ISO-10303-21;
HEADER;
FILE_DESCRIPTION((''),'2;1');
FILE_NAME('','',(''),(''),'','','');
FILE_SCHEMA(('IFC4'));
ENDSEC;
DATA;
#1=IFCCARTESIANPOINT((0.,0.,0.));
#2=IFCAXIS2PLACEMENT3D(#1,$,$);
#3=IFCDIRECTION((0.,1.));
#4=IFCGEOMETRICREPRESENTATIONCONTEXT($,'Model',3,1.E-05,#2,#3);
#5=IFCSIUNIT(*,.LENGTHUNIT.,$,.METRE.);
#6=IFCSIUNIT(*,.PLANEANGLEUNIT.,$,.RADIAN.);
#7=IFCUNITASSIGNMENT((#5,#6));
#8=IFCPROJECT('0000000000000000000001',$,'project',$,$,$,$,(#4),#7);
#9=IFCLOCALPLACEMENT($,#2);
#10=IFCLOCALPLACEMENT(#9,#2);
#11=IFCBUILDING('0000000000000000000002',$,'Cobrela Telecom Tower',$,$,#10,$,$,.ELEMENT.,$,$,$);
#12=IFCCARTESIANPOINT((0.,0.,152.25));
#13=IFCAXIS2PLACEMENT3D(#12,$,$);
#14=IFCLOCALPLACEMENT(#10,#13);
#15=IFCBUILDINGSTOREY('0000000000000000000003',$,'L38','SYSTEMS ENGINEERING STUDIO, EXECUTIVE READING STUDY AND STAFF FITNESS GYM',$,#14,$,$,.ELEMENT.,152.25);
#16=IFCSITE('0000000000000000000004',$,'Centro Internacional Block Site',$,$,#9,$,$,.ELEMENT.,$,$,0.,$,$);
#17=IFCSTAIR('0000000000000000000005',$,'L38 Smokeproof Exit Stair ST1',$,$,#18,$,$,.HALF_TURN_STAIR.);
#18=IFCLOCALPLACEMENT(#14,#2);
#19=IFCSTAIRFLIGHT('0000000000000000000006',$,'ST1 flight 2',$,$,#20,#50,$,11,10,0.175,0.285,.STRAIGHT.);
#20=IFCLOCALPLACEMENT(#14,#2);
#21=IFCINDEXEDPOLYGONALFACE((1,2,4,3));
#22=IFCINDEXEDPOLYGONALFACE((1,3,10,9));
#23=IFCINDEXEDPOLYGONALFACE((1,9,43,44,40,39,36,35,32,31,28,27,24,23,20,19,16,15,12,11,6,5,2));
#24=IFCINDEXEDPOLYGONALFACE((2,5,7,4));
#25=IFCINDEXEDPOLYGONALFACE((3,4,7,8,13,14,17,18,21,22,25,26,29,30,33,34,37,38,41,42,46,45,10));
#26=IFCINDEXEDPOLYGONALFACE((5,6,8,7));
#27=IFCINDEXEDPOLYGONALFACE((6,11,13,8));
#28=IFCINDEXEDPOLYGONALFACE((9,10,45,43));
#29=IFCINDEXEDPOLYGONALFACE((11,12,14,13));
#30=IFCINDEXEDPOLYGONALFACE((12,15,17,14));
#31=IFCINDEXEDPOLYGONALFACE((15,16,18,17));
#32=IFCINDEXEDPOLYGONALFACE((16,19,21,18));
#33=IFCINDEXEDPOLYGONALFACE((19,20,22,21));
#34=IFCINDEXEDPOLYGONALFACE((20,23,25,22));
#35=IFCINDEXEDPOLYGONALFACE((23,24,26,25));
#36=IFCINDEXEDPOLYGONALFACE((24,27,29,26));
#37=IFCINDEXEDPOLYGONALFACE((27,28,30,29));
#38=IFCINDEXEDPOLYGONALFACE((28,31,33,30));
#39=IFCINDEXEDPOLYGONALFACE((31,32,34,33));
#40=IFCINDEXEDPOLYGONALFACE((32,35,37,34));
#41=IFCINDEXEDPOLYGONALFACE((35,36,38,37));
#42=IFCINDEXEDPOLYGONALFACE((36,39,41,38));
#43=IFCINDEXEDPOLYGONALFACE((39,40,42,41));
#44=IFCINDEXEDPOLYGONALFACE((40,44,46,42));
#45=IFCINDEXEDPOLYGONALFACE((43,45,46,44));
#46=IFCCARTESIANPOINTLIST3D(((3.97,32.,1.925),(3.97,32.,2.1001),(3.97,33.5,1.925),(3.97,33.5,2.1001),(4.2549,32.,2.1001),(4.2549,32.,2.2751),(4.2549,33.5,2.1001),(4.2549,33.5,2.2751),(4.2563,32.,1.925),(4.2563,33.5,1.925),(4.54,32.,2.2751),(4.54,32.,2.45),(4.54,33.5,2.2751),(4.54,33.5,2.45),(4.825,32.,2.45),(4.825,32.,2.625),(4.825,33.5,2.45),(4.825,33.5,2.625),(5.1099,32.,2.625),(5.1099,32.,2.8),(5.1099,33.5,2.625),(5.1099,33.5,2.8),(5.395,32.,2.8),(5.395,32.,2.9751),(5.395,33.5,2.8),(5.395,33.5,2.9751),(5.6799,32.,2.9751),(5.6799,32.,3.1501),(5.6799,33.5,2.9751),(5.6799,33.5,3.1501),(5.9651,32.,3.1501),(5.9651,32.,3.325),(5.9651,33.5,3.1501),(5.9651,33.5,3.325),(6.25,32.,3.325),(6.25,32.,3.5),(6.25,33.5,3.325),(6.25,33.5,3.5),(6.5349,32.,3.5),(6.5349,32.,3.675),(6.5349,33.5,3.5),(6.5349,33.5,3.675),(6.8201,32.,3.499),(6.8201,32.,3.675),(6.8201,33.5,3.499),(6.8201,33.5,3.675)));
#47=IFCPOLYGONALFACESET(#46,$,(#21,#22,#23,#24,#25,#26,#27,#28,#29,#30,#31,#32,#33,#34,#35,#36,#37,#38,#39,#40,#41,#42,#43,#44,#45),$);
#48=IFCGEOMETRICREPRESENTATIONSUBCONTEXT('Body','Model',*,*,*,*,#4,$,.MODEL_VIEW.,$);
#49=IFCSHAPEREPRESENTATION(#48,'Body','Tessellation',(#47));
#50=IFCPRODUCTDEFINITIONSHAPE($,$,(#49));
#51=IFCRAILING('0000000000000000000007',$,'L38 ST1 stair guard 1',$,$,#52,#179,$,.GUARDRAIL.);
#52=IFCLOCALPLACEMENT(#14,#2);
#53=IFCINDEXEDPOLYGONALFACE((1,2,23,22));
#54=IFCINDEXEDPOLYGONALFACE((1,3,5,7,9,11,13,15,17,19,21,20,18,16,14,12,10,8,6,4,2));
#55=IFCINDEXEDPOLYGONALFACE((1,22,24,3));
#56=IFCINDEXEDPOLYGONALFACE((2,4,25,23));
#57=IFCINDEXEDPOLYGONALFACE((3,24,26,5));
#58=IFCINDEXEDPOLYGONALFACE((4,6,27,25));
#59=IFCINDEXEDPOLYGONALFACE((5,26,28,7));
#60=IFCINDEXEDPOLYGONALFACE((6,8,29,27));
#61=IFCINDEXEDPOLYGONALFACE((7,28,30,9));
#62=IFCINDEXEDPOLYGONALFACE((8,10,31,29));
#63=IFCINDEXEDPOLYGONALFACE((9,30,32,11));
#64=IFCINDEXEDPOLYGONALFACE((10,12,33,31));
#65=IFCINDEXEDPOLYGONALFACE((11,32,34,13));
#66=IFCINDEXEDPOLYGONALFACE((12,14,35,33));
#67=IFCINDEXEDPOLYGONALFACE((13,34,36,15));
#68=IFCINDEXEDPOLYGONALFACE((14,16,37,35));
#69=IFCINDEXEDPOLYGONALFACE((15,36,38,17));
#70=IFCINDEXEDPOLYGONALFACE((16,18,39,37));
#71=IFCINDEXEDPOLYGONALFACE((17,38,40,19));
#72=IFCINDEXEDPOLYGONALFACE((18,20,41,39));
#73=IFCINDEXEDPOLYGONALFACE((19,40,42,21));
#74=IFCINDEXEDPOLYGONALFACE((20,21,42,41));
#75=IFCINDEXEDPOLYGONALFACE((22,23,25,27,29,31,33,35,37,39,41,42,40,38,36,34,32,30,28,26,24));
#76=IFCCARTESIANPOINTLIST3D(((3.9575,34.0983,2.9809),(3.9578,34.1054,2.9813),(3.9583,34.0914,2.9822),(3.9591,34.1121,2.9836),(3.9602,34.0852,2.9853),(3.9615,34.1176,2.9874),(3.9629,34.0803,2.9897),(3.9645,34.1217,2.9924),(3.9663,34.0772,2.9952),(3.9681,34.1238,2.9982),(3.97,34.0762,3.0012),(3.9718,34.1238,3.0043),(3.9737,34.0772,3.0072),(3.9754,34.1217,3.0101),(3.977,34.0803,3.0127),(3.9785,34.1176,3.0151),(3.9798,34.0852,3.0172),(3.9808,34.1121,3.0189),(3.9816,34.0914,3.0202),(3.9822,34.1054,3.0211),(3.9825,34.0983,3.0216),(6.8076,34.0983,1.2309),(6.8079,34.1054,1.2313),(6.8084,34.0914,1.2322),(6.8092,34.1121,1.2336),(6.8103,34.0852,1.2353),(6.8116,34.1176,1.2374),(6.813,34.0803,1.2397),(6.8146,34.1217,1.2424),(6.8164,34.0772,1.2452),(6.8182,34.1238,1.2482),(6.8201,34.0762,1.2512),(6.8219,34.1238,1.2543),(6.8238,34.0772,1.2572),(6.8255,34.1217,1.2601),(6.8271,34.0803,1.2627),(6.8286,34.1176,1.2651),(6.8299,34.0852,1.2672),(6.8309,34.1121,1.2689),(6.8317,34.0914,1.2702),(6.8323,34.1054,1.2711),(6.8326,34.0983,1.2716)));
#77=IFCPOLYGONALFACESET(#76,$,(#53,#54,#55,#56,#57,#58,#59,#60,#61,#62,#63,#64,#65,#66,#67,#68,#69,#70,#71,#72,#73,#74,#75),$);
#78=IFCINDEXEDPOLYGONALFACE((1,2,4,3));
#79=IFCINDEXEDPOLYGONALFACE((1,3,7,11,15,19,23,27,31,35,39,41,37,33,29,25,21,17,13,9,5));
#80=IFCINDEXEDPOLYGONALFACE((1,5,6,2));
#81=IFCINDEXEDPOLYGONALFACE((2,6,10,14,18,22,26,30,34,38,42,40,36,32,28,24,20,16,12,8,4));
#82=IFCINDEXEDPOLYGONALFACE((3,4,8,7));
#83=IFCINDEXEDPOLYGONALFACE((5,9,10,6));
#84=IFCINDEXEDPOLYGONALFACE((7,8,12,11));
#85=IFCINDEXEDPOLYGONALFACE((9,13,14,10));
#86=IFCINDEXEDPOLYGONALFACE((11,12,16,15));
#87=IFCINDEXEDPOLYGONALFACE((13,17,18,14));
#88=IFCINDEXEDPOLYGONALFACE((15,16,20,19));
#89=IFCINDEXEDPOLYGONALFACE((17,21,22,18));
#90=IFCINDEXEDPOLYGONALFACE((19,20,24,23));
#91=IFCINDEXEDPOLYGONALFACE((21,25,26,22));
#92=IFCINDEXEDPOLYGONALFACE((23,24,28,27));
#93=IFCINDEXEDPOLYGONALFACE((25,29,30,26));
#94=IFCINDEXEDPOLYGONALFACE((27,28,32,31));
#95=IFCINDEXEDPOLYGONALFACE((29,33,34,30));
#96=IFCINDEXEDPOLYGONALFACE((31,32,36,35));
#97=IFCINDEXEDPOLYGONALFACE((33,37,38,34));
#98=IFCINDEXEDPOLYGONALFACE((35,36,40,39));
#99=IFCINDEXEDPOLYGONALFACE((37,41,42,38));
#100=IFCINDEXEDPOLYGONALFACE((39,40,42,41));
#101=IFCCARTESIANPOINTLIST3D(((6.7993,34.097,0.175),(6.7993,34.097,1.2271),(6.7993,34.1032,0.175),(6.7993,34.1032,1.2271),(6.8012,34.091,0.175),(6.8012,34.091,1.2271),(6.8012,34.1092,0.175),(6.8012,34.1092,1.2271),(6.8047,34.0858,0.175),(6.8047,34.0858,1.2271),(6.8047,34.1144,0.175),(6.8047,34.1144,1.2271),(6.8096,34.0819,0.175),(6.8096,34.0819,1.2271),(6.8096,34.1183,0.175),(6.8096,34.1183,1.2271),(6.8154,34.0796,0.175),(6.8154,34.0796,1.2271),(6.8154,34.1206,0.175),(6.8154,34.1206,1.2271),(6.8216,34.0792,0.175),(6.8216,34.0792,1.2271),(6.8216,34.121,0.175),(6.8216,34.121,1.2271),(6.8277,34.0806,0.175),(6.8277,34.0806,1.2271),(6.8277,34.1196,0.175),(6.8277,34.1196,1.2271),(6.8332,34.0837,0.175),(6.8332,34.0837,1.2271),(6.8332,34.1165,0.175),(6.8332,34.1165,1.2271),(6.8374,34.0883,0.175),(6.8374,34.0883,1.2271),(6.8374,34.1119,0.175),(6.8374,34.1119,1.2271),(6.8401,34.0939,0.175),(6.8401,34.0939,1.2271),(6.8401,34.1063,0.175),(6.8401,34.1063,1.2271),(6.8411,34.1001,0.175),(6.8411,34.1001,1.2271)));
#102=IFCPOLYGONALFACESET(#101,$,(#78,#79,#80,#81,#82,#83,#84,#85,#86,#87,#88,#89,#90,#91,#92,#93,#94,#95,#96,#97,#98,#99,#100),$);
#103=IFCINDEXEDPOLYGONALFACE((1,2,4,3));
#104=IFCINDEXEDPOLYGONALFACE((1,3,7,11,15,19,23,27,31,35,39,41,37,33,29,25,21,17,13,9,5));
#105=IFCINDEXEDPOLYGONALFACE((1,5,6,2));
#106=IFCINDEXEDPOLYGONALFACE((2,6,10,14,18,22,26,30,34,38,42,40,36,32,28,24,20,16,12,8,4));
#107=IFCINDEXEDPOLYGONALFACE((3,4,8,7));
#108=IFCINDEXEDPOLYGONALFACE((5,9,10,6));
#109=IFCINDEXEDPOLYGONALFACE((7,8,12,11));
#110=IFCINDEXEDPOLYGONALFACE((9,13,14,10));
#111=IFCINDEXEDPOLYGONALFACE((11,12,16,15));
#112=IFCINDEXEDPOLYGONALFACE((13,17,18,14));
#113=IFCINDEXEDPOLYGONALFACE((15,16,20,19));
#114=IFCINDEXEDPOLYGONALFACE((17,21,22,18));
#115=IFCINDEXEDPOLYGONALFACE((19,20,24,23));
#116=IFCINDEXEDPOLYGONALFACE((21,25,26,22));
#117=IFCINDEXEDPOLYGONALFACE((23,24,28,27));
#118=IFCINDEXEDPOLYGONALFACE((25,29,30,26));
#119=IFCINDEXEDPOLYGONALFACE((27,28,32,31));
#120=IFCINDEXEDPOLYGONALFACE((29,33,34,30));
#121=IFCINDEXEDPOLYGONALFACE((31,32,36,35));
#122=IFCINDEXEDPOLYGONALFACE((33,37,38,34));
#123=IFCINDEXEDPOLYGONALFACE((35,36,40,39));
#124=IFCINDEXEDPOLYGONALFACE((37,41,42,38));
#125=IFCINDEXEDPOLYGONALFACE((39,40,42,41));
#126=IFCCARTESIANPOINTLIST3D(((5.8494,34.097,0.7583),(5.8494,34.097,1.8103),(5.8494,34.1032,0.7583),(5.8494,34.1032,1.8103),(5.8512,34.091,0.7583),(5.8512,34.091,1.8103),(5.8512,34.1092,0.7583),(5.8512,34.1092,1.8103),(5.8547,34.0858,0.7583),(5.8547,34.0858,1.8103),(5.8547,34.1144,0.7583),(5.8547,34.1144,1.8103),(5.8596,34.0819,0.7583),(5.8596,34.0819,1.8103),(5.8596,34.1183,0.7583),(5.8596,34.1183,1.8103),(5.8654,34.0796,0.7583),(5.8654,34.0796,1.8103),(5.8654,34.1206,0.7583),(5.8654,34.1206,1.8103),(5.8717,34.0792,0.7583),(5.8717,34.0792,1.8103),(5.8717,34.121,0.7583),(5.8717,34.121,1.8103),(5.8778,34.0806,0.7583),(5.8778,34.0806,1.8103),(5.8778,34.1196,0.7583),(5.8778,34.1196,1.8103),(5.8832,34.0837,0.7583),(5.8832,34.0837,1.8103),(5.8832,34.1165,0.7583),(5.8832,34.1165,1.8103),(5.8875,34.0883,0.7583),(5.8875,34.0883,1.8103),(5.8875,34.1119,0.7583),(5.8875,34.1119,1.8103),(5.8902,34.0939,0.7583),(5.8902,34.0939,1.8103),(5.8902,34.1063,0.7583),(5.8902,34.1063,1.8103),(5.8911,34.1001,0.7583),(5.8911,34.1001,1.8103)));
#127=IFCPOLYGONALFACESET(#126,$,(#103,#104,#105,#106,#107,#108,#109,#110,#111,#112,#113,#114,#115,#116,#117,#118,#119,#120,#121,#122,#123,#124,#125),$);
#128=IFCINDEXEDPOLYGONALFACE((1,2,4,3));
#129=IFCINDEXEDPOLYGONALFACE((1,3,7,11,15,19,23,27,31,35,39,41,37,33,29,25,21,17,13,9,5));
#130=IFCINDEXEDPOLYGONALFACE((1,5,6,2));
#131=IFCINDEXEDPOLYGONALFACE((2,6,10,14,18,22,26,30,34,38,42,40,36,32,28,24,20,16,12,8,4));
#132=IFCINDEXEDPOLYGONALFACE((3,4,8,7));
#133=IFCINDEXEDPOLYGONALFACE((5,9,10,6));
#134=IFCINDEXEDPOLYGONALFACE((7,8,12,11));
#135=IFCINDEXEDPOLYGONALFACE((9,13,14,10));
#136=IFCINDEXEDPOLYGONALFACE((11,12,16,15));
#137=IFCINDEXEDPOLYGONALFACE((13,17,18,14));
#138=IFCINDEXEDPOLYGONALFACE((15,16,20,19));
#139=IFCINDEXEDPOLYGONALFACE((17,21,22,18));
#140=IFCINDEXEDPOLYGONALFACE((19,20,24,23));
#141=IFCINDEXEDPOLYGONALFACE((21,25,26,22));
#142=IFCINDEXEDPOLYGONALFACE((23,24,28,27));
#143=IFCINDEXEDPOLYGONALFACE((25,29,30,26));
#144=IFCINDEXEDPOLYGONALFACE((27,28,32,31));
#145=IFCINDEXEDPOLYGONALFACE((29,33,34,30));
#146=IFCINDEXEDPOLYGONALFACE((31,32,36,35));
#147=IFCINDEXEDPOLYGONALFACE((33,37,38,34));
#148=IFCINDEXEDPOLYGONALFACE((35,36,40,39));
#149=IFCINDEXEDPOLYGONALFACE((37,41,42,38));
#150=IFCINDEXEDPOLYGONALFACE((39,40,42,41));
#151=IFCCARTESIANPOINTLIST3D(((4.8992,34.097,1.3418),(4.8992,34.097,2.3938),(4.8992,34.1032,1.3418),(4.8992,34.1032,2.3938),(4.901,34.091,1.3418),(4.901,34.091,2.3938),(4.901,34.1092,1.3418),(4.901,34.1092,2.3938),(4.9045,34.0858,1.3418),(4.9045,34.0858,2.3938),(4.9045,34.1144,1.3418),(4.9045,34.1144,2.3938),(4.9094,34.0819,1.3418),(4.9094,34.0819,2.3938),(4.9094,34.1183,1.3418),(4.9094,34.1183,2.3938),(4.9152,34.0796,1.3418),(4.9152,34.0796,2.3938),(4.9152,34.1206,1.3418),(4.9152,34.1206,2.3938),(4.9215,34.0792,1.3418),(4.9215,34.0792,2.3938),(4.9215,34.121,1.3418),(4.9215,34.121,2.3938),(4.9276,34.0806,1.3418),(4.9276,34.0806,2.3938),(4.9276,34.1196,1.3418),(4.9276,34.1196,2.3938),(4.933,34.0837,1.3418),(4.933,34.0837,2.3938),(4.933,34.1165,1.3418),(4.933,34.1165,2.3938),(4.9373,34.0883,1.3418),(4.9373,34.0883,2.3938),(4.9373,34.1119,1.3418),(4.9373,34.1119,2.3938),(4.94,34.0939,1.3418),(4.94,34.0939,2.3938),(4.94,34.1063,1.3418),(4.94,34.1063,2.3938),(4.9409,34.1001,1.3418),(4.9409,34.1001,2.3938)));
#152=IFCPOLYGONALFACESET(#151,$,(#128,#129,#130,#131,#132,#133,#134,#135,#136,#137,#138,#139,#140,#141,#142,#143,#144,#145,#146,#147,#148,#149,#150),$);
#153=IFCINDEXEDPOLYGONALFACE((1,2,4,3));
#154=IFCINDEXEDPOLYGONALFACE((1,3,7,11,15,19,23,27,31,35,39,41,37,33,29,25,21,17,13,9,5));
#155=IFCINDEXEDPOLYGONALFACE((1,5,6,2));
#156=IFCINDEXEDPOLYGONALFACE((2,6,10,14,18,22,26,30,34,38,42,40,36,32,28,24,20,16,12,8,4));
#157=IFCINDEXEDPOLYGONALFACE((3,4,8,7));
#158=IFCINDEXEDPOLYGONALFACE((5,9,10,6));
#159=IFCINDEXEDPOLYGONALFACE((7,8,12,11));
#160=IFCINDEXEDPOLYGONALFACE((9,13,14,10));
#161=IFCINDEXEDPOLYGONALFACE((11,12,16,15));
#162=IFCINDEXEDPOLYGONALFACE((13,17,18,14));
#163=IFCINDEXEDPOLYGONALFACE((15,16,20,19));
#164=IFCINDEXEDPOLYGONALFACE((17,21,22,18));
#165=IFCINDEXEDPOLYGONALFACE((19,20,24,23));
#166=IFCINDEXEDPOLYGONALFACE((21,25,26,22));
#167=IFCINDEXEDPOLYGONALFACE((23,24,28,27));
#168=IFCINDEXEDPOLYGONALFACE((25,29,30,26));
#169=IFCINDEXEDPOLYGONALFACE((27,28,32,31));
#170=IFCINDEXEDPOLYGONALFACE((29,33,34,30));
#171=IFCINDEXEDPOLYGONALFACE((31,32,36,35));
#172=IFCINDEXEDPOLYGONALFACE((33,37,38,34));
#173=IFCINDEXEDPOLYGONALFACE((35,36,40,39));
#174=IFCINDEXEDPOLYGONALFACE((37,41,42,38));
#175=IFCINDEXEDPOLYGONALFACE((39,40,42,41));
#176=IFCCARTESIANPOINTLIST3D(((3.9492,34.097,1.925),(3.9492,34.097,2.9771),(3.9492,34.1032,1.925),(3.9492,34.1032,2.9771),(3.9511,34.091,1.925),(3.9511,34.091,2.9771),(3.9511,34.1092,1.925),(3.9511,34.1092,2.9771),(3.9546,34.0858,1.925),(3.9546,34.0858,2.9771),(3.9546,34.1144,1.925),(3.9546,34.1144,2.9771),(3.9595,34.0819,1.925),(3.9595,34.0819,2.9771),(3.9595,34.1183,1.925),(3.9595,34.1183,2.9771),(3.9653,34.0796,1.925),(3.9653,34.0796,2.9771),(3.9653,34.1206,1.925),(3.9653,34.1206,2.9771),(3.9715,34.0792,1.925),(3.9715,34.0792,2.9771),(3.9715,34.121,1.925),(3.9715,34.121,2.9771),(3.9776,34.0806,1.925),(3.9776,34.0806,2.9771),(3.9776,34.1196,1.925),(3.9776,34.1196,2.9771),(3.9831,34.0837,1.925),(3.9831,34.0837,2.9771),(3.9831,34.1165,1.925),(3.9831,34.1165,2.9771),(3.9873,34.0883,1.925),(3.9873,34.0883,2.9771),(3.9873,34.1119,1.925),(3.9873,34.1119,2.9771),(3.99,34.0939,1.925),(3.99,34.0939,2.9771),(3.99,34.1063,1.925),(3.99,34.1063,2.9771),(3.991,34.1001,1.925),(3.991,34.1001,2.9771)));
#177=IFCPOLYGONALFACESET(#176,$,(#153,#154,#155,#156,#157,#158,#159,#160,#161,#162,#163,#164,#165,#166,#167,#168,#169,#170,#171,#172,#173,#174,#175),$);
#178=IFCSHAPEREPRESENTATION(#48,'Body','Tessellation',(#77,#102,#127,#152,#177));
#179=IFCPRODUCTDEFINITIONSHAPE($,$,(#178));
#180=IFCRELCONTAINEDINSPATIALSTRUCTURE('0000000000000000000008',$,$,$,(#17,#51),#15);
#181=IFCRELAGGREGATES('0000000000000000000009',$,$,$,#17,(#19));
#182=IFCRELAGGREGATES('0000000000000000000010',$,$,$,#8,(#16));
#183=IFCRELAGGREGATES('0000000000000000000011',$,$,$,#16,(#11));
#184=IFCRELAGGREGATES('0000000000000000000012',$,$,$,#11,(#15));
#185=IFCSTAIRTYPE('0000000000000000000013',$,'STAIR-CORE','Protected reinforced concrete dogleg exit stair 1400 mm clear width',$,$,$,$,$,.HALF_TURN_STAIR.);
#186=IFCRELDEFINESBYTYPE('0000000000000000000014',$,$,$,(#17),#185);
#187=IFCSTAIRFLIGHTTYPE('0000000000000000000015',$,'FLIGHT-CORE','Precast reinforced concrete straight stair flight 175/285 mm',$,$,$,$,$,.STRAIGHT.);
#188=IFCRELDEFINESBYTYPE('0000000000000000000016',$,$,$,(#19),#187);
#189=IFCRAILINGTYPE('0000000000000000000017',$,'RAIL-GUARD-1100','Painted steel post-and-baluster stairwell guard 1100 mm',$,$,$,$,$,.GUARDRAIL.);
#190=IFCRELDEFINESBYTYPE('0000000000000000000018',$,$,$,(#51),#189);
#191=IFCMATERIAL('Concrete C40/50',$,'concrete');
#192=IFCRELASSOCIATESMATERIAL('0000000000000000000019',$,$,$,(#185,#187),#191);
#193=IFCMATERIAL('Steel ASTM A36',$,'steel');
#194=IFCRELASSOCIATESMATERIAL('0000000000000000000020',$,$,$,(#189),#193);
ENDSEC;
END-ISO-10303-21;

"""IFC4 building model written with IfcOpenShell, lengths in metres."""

from ifc_helpers import new_model, si_unit, direction, frame, origin, origin_2d, place, context, subcontext, project, spatial, polyline, circle, outline, extrude, material, type_object, element, aggregate, save


model = new_model("IFC4")

# Units and contexts
model_context = context("Model", 3, precision=1e-05, world=origin(), true_north=direction((0.0, 1.0)))
body_context = subcontext(model_context, "Body", "Model", "MODEL_VIEW")
ifc_project = project(units=[si_unit("LENGTHUNIT", "METRE"), si_unit("PLANEANGLEUNIT", "RADIAN")], contexts=[model_context])

# Site, building, storey
site_placement = place(None, origin())
site = spatial("IfcSite", under=ifc_project, at=site_placement, Name="Centro Internacional Block Site", CompositionType="ELEMENT", RefElevation=0.0)
building_placement = place(site_placement, origin())
building = spatial("IfcBuilding", under=site, at=building_placement, Name="Cobrela Telecom Tower", CompositionType="ELEMENT")
storey_placement = place(building_placement, frame((0.0, 0.0, 152.25)))
storey = spatial("IfcBuildingStorey", under=building, at=storey_placement, Name="L38", Description="SYSTEMS ENGINEERING STUDIO, EXECUTIVE READING STUDY AND STAFF FITNESS GYM", CompositionType="ELEMENT", Elevation=152.25)

# Shared definitions
ifc_material_1 = material(Name="Steel ASTM A36", Category="steel")

# Shared definitions
ifc_material_2 = material(Name="Concrete C40/50", Category="concrete")

# Stair, stair flight
stair_type = type_object("IfcStairType", Name="STAIR-CORE", Description="Protected reinforced concrete dogleg exit stair 1400 mm clear width", PredefinedType="HALF_TURN_STAIR", material=ifc_material_2)
stair_placement = place(storey_placement, origin())
stair = element("IfcStair", 1, at=stair_placement, inside=storey, type_object=stair_type, Name="L38 Smokeproof Exit Stair ST1", PredefinedType="HALF_TURN_STAIR")
stair_flight_type = type_object("IfcStairFlightType", Name="FLIGHT-CORE", Description="Precast reinforced concrete straight stair flight 175/285 mm", PredefinedType="STRAIGHT", material=ifc_material_2)
stair_flight_1_placement = place(storey_placement, frame((3.97, 32.75, 1.925), z_axis=(0.0, 0.0, 1.0), x_axis=(1.0, 0.0, 0.0)))
stair_flight_1 = element("IfcStairFlight", 2, at=stair_flight_1_placement, type_object=stair_flight_type, Name="ST1 flight 2", NumberOfRisers=11, NumberOfTreads=10, PredefinedType="STRAIGHT", RiserHeight=0.175, TreadLength=0.285, context=body_context, shape_type="SweptSolid", body=[
    extrude(outline(polyline([(0.0, 0.0), (0.0, 0.175), (0.2849, 0.175), (0.2849, 0.3501), (0.5701, 0.3501), (0.5701, 0.5249), (0.855, 0.5249), (0.855, 0.7), (1.1399, 0.7), (1.1399, 0.875), (1.425, 0.875), (1.425, 1.05), (1.71, 1.05), (1.71, 1.2251), (1.9951, 1.2251), (1.9951, 1.3999), (2.28, 1.3999), (2.28, 1.575), (2.5649, 1.575), (2.5649, 1.75), (2.8501, 1.75), (2.8501, 1.925), (2.8501, 1.574), (0.2864, 0.0), (0.0, 0.0)])), frame((0.0, 0.75, 0.0), z_axis=(0.0, -1.0, 0.0), x_axis=(1.0, 0.0, 0.0)), (0.0, 0.0, 1.0), 1.5),
])
aggregate(stair, [stair_flight_1])

# Railing
railing_type_1 = type_object("IfcRailingType", Name="RAIL-GUARD-1100", Description="Painted steel post-and-baluster stairwell guard 1100 mm", PredefinedType="GUARDRAIL", material=ifc_material_1)
railing_1_placement = place(storey_placement, frame((6.8201, 34.1001, 0.175)))
element("IfcRailing", 3, at=railing_1_placement, inside=storey, type_object=railing_type_1, Name="L38 ST1 stair guard 1", PredefinedType="GUARDRAIL", context=body_context, shape_type="SweptSolid", body=[
    extrude(circle(Radius=0.0239, at=origin_2d()), frame((0.0, 0.0, 1.0762), z_axis=(-0.852179, 0.0, 0.52325), x_axis=(0.0, -1.0, 0.0)), (0.0, 0.0, 1.0), 3.3445),
    extrude(circle(Radius=0.021, at=origin_2d()), origin(), (0.0, 0.0, 1.0), 1.052),
    extrude(circle(Radius=0.021, at=origin_2d()), frame((-0.95, 0.0, 0.5833)), (0.0, 0.0, 1.0), 1.052),
    extrude(circle(Radius=0.021, at=origin_2d()), frame((-1.9001, 0.0, 1.1667)), (0.0, 0.0, 1.0), 1.052),
    extrude(circle(Radius=0.021, at=origin_2d()), frame((-2.8501, 0.0, 1.75)), (0.0, 0.0, 1.0), 1.052),
])

save(model, "model.ifc")
